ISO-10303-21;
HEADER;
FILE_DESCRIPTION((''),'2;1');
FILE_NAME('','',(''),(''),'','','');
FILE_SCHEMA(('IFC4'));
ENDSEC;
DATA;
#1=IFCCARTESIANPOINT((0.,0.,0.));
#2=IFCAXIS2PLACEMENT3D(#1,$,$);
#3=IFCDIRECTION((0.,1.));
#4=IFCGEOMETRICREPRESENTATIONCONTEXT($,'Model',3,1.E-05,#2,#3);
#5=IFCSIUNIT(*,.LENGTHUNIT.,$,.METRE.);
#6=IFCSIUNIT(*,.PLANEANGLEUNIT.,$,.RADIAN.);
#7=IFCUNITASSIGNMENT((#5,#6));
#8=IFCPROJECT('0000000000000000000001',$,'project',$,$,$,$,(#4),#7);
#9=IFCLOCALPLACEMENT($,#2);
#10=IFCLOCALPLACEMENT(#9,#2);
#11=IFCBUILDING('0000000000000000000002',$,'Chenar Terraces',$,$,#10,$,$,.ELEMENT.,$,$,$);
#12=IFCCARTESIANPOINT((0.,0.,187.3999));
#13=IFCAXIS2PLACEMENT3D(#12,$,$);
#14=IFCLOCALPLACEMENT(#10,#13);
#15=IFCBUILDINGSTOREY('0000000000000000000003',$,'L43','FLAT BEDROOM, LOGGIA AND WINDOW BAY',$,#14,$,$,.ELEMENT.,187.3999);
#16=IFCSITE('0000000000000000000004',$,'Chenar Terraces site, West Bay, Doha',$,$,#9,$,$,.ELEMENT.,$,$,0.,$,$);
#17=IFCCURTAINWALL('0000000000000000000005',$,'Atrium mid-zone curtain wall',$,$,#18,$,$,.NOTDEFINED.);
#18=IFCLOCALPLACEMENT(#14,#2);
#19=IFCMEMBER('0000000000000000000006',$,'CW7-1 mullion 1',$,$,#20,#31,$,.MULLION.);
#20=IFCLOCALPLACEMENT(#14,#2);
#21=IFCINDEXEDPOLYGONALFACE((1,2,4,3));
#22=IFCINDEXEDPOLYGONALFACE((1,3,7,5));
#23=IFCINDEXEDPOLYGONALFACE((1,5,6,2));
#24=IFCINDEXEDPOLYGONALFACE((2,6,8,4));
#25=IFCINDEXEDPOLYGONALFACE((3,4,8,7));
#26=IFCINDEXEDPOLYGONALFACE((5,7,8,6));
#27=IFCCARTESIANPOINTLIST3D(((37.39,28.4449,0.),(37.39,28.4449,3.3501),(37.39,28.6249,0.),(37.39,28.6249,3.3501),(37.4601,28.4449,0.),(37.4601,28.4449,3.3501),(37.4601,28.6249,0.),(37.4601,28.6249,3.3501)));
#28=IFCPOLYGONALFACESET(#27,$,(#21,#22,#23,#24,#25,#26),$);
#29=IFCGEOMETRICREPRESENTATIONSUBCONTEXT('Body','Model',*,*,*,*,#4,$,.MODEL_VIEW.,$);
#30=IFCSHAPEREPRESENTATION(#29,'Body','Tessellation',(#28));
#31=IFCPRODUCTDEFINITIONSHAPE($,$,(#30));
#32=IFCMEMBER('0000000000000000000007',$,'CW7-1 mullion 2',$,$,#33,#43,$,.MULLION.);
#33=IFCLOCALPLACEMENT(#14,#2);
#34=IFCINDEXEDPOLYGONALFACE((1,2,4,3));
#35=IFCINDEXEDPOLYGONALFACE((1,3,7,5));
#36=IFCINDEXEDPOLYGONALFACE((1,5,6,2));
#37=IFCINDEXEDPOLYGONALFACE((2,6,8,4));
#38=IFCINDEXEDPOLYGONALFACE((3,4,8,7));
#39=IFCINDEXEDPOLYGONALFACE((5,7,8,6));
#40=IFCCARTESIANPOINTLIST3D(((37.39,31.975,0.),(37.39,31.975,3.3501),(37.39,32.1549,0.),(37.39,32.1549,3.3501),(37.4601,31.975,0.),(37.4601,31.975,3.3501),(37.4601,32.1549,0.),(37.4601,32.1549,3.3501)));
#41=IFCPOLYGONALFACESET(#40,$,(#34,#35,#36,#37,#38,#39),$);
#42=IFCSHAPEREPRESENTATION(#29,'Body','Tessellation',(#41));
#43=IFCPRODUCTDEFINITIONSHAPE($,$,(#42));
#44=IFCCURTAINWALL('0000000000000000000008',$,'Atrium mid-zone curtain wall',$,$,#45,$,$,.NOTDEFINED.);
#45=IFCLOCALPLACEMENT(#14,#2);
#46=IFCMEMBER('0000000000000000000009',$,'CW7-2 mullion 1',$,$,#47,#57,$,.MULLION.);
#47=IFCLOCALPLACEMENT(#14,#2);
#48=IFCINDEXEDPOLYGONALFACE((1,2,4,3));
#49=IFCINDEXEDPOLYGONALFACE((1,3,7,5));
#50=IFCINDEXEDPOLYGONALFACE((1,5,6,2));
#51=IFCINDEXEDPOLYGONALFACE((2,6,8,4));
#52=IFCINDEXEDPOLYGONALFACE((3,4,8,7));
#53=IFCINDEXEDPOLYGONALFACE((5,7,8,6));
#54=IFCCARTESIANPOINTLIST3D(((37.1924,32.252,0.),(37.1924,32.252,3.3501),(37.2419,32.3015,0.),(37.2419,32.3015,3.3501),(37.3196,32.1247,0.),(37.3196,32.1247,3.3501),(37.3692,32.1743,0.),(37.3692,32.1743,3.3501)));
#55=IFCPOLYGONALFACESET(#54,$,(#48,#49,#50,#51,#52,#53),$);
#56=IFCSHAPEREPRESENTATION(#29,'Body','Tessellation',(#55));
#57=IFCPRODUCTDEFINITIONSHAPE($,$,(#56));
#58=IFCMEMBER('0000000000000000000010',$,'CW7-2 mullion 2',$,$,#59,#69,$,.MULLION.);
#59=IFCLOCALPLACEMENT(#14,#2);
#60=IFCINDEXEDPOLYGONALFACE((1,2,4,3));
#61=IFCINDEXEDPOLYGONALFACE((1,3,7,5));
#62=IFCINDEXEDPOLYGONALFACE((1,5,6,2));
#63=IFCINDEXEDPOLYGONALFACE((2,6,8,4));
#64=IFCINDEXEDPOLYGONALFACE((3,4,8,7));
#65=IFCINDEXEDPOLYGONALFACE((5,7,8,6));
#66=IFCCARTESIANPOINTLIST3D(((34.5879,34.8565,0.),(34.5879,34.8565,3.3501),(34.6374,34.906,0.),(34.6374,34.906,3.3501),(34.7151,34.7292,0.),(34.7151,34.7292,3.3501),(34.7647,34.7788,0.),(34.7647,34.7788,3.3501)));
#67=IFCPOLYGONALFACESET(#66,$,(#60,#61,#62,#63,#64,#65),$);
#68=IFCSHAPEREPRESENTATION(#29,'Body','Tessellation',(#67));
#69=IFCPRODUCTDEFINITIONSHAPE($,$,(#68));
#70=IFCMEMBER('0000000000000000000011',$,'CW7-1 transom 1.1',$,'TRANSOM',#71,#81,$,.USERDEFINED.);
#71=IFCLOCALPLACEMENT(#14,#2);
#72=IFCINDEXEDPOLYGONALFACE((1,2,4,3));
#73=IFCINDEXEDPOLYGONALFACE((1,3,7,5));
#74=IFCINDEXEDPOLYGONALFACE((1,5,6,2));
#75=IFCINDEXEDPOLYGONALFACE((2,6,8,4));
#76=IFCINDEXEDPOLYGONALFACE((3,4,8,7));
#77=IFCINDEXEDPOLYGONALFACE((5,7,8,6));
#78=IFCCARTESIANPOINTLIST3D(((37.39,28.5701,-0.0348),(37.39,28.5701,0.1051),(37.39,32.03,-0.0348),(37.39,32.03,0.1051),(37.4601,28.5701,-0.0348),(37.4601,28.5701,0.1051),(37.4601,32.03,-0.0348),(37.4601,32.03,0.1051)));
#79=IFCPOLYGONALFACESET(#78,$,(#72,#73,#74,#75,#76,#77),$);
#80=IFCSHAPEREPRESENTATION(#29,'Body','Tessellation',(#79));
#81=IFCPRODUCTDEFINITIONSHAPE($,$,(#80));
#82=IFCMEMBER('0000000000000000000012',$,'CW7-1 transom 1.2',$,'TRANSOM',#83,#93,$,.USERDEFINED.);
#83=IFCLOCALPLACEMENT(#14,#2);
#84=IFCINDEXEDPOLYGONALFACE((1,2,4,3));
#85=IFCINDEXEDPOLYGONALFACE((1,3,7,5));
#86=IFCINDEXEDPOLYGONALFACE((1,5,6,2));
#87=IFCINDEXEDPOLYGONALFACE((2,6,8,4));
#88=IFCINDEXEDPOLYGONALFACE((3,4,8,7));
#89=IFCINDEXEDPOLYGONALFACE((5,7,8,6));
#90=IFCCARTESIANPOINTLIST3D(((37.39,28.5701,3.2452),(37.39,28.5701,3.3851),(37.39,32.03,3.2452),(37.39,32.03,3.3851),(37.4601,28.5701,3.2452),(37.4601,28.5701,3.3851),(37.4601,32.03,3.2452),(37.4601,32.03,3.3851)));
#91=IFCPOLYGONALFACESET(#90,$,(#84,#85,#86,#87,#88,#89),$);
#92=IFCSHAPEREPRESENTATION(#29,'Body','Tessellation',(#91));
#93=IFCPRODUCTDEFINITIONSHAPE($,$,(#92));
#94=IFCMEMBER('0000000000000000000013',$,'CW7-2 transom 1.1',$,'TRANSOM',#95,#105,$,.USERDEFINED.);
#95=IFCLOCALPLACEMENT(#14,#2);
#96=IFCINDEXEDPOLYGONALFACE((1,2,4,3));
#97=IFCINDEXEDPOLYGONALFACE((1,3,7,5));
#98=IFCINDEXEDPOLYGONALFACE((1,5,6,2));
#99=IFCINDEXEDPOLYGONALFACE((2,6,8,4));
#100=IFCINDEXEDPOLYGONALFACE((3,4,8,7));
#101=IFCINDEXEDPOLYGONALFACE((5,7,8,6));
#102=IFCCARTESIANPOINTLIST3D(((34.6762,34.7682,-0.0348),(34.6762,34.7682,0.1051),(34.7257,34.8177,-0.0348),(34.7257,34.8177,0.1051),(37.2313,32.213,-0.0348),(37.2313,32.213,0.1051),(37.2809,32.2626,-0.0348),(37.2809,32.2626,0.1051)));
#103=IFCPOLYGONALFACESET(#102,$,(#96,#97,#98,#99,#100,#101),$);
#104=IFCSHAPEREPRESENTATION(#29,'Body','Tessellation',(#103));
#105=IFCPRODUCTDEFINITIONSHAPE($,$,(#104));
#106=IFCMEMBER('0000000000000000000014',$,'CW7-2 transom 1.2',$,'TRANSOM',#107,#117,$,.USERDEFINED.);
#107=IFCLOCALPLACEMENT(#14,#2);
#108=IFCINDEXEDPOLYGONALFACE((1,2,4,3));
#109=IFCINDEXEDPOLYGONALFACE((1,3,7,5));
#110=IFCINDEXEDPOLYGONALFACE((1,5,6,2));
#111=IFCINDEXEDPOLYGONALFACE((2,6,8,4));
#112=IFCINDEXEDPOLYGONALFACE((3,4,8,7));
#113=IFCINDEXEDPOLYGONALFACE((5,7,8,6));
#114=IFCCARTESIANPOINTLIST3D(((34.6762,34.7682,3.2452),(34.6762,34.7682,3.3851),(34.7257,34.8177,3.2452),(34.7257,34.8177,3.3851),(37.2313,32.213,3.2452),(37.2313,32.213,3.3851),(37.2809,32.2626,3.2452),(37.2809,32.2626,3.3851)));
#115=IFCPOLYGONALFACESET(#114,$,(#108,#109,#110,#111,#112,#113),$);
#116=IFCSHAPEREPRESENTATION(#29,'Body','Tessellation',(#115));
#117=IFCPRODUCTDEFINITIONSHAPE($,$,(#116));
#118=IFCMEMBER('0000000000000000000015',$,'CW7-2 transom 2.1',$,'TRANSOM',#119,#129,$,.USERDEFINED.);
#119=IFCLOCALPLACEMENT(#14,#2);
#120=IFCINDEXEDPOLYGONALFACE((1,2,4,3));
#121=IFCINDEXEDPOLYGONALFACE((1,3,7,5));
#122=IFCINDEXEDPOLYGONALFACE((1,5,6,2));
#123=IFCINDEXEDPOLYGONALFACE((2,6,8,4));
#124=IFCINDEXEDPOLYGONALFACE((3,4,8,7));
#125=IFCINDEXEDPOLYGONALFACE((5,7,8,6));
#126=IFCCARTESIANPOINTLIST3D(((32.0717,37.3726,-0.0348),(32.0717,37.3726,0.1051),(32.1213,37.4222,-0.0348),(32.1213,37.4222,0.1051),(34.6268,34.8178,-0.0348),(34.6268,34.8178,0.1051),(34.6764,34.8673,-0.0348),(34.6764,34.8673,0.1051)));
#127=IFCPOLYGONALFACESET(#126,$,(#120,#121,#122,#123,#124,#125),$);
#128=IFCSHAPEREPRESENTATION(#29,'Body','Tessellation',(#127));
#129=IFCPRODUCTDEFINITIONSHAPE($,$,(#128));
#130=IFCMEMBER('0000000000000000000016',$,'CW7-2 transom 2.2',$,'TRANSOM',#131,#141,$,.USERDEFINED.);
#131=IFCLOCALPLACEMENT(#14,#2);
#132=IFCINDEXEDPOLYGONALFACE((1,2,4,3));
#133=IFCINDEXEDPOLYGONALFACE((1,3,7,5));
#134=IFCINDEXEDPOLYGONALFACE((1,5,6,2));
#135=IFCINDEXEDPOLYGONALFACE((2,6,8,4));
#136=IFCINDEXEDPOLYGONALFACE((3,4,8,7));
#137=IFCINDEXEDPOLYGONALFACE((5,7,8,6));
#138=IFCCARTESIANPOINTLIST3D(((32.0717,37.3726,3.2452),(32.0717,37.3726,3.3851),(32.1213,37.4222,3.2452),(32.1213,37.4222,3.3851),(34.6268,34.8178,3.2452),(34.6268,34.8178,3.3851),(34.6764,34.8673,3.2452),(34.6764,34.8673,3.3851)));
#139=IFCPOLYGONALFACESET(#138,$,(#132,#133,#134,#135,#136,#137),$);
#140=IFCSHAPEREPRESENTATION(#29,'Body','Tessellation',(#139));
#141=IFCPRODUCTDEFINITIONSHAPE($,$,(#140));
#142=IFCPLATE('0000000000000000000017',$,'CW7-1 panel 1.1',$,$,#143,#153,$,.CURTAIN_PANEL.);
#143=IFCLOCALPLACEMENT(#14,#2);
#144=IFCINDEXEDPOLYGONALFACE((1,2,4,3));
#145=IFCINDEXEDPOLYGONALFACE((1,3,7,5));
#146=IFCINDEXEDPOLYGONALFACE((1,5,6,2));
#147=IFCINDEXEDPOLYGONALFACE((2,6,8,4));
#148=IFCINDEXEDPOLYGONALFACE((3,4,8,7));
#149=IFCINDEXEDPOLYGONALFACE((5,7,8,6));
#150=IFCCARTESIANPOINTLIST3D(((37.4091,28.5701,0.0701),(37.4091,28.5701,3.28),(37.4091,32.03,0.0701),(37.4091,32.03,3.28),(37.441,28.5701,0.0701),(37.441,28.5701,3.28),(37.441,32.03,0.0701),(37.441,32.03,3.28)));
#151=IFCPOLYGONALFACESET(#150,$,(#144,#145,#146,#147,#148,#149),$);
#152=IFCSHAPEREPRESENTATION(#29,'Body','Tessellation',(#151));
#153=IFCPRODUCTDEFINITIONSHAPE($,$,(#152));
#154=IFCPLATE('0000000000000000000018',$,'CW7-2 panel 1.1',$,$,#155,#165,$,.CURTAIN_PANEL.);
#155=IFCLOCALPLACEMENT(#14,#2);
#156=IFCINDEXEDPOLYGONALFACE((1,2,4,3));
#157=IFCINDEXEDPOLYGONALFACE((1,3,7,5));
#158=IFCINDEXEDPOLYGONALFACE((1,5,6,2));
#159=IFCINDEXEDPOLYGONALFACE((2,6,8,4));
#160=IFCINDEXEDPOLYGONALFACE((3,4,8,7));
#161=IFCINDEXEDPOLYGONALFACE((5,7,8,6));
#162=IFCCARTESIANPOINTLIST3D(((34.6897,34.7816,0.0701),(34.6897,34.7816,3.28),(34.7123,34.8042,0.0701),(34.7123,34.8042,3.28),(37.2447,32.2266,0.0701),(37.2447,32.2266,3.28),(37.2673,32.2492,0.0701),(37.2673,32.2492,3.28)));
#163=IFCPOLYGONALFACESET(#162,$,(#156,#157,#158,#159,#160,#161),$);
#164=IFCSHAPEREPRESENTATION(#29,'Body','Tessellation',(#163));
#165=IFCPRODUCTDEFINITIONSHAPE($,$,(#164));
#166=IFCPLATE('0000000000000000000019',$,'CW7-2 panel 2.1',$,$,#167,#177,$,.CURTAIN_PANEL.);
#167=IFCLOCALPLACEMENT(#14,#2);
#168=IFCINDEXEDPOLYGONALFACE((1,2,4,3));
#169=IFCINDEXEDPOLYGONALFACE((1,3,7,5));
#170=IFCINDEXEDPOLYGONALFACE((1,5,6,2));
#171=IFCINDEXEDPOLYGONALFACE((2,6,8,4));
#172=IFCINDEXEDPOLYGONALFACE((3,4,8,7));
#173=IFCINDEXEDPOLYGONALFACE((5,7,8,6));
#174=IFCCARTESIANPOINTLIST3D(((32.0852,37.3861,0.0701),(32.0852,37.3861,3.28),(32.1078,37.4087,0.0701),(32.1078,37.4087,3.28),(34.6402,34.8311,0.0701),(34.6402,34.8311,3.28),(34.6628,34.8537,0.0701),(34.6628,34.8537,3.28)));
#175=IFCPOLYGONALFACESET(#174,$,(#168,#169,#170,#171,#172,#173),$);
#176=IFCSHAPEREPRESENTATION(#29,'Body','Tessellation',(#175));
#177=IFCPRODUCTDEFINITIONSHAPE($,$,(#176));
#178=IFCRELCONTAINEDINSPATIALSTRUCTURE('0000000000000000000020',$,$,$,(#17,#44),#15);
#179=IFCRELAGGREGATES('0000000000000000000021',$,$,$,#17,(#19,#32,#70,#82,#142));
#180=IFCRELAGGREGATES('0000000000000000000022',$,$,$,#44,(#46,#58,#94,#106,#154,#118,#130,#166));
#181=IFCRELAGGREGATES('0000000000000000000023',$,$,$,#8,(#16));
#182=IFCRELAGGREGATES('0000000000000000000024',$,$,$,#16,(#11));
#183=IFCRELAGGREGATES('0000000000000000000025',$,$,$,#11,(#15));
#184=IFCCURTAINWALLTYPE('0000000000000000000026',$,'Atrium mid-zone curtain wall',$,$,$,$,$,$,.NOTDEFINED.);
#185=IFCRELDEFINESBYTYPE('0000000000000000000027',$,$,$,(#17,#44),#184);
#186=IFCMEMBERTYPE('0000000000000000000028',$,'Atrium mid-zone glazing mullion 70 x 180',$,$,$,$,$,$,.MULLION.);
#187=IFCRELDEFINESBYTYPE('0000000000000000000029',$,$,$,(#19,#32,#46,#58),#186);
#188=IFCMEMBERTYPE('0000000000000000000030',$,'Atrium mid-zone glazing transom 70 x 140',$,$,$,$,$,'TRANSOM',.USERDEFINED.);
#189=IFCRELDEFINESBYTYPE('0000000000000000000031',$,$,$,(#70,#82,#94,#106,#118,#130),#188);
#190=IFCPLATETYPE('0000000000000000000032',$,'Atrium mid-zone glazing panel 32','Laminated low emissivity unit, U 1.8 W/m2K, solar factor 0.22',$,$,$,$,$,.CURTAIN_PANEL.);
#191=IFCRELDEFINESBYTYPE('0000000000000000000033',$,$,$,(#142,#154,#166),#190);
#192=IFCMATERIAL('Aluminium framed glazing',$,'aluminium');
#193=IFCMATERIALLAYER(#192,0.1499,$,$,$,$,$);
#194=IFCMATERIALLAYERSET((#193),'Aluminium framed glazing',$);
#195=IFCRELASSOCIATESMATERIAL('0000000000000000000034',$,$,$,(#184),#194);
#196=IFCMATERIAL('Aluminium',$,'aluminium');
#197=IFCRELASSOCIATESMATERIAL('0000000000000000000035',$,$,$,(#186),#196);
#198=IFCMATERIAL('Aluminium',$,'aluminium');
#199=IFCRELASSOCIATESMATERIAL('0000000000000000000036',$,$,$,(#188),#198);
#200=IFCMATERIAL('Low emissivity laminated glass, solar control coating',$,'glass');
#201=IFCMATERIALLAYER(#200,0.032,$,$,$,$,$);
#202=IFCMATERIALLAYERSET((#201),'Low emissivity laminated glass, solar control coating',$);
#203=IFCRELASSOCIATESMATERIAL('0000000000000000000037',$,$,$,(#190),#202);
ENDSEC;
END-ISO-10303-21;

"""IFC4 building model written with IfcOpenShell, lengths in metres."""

from ifc_helpers import new_model, si_unit, direction, frame, origin, origin_2d, place, context, subcontext, project, spatial, rectangle, extrude, material, layer, layer_set, material_profile, profile_set, type_object, element, aggregate, save


model = new_model("IFC4")

# Units and contexts
model_context = context("Model", 3, precision=1e-05, world=origin(), true_north=direction((0.0, 1.0)))
body_context = subcontext(model_context, "Body", "Model", "MODEL_VIEW")
ifc_project = project(units=[si_unit("LENGTHUNIT", "METRE"), si_unit("PLANEANGLEUNIT", "RADIAN")], contexts=[model_context])

# Site, building, storey
site_placement = place(None, origin())
site = spatial("IfcSite", under=ifc_project, at=site_placement, Name="Chenar Terraces site, West Bay, Doha", CompositionType="ELEMENT", RefElevation=0.0)
building_placement = place(site_placement, origin())
building = spatial("IfcBuilding", under=site, at=building_placement, Name="Chenar Terraces", CompositionType="ELEMENT")
storey_placement = place(building_placement, frame((0.0, 0.0, 187.3999)))
storey = spatial("IfcBuildingStorey", under=building, at=storey_placement, Name="L43", Description="FLAT BEDROOM, LOGGIA AND WINDOW BAY", CompositionType="ELEMENT", Elevation=187.3999)

# Curtain walls, members
ifc_material_1 = material(Name="Aluminium framed glazing", Category="aluminium")
ifc_layer_1 = layer(ifc_material_1, 0.1499)
ifc_layer_set_1 = layer_set([ifc_layer_1], Name="Aluminium framed glazing")
curtain_wall_type = type_object("IfcCurtainWallType", Name="Atrium mid-zone curtain wall", PredefinedType="NOTDEFINED", material=ifc_layer_set_1)
placement = place(storey_placement, origin())
curtain_wall_1 = element("IfcCurtainWall", 1, at=placement, inside=storey, type_object=curtain_wall_type, Name="Atrium mid-zone curtain wall", PredefinedType="NOTDEFINED")
ifc_material_2 = material(Name="Aluminium", Category="aluminium")
ifc_material_profile_1 = material_profile(ifc_material_2, rectangle(XDim=0.0701, YDim=0.1799, at=origin_2d()), Name="Atrium mid-zone glazing mullion 70 x 180")
ifc_profile_set_1 = profile_set([ifc_material_profile_1], Name="Aluminium")
member_type_1 = type_object("IfcMemberType", Name="Atrium mid-zone glazing mullion 70 x 180", PredefinedType="MULLION", material=ifc_profile_set_1)
member_1_placement = place(storey_placement, frame((37.425, 28.5349, 0.0), z_axis=(0.0, 0.0, 1.0), x_axis=(-1.0, 0.0, 0.0)))
member_1 = element("IfcMember", 2, at=member_1_placement, type_object=member_type_1, Name="CW7-1 mullion 1", PredefinedType="MULLION", context=body_context, shape_type="SweptSolid", body=[
    extrude(rectangle(XDim=0.0701, YDim=0.1799, at=origin_2d()), origin(), (0.0, 0.0, 1.0), 3.3501),
])
member_2_placement = place(storey_placement, frame((37.425, 32.0649, 0.0), z_axis=(0.0, 0.0, 1.0), x_axis=(-1.0, 0.0, 0.0)))
member_2 = element("IfcMember", 3, at=member_2_placement, type_object=member_type_1, Name="CW7-1 mullion 2", PredefinedType="MULLION", context=body_context, shape_type="SweptSolid", body=[
    extrude(rectangle(XDim=0.0701, YDim=0.1799, at=origin_2d()), origin(), (0.0, 0.0, 1.0), 3.3501),
])
curtain_wall_2 = element("IfcCurtainWall", 4, at=placement, inside=storey, type_object=curtain_wall_type, Name="Atrium mid-zone curtain wall", PredefinedType="NOTDEFINED")
member_3_placement = place(storey_placement, frame((37.2808, 32.2131, 0.0), z_axis=(0.0, 0.0, 1.0), x_axis=(-0.707107, -0.707107, 0.0)))
member_3 = element("IfcMember", 5, at=member_3_placement, type_object=member_type_1, Name="CW7-2 mullion 1", PredefinedType="MULLION", context=body_context, shape_type="SweptSolid", body=[
    extrude(rectangle(XDim=0.0701, YDim=0.1799, at=origin_2d()), origin(), (0.0, 0.0, 1.0), 3.3501),
])
member_4_placement = place(storey_placement, frame((34.6763, 34.8176, 0.0), z_axis=(0.0, 0.0, 1.0), x_axis=(-0.707107, -0.707107, 0.0)))
member_4 = element("IfcMember", 6, at=member_4_placement, type_object=member_type_1, Name="CW7-2 mullion 2", PredefinedType="MULLION", context=body_context, shape_type="SweptSolid", body=[
    extrude(rectangle(XDim=0.0701, YDim=0.1799, at=origin_2d()), origin(), (0.0, 0.0, 1.0), 3.3501),
])

# Members
ifc_material_3 = material(Name="Aluminium", Category="aluminium")
ifc_material_profile_2 = material_profile(ifc_material_3, rectangle(XDim=0.0701, YDim=0.1399, at=origin_2d()), Name="Atrium mid-zone glazing transom 70 x 140")
ifc_profile_set_2 = profile_set([ifc_material_profile_2], Name="Aluminium")
member_type_2 = type_object("IfcMemberType", Name="Atrium mid-zone glazing transom 70 x 140", ElementType="TRANSOM", PredefinedType="USERDEFINED", material=ifc_profile_set_2)
member_5_placement = place(storey_placement, frame((37.425, 28.5701, 0.0352), z_axis=(0.0, 1.0, 0.0), x_axis=(-1.0, 0.0, 0.0)))
member_5 = element("IfcMember", 7, at=member_5_placement, type_object=member_type_2, Name="CW7-1 transom 1.1", ObjectType="TRANSOM", PredefinedType="USERDEFINED", context=body_context, shape_type="SweptSolid", body=[
    extrude(rectangle(XDim=0.0701, YDim=0.1399, at=origin_2d()), origin(), (0.0, 0.0, 1.0), 3.46),
])
member_6_placement = place(storey_placement, frame((37.425, 28.5701, 3.3152), z_axis=(0.0, 1.0, 0.0), x_axis=(-1.0, 0.0, 0.0)))
member_6 = element("IfcMember", 8, at=member_6_placement, type_object=member_type_2, Name="CW7-1 transom 1.2", ObjectType="TRANSOM", PredefinedType="USERDEFINED", context=body_context, shape_type="SweptSolid", body=[
    extrude(rectangle(XDim=0.0701, YDim=0.1399, at=origin_2d()), origin(), (0.0, 0.0, 1.0), 3.46),
])
member_7_placement = place(storey_placement, frame((37.2561, 32.2378, 0.0352), z_axis=(-0.707107, 0.707107, 0.0), x_axis=(-0.707107, -0.707107, 0.0)))
member_7 = element("IfcMember", 9, at=member_7_placement, type_object=member_type_2, Name="CW7-2 transom 1.1", ObjectType="TRANSOM", PredefinedType="USERDEFINED", context=body_context, shape_type="SweptSolid", body=[
    extrude(rectangle(XDim=0.0701, YDim=0.1399, at=origin_2d()), origin(), (0.0, 0.0, 1.0), 3.6135),
])
member_8_placement = place(storey_placement, frame((37.2561, 32.2378, 3.3152), z_axis=(-0.707107, 0.707107, 0.0), x_axis=(-0.707107, -0.707107, 0.0)))
member_8 = element("IfcMember", 10, at=member_8_placement, type_object=member_type_2, Name="CW7-2 transom 1.2", ObjectType="TRANSOM", PredefinedType="USERDEFINED", context=body_context, shape_type="SweptSolid", body=[
    extrude(rectangle(XDim=0.0701, YDim=0.1399, at=origin_2d()), origin(), (0.0, 0.0, 1.0), 3.6135),
])
member_9_placement = place(storey_placement, frame((34.6516, 34.8425, 0.0352), z_axis=(-0.707141, 0.707073, 0.0), x_axis=(-0.707073, -0.707141, 0.0)))
member_9 = element("IfcMember", 11, at=member_9_placement, type_object=member_type_2, Name="CW7-2 transom 2.1", ObjectType="TRANSOM", PredefinedType="USERDEFINED", context=body_context, shape_type="SweptSolid", body=[
    extrude(rectangle(XDim=0.0701, YDim=0.1399, at=origin_2d()), origin(), (0.0, 0.0, 1.0), 3.6133),
])
member_10_placement = place(storey_placement, frame((34.6516, 34.8425, 3.3152), z_axis=(-0.707141, 0.707073, 0.0), x_axis=(-0.707073, -0.707141, 0.0)))
member_10 = element("IfcMember", 12, at=member_10_placement, type_object=member_type_2, Name="CW7-2 transom 2.2", ObjectType="TRANSOM", PredefinedType="USERDEFINED", context=body_context, shape_type="SweptSolid", body=[
    extrude(rectangle(XDim=0.0701, YDim=0.1399, at=origin_2d()), origin(), (0.0, 0.0, 1.0), 3.6133),
])

# Plates
ifc_material_4 = material(Name="Low emissivity laminated glass, solar control coating", Category="glass")
ifc_layer_2 = layer(ifc_material_4, 0.032)
ifc_layer_set_2 = layer_set([ifc_layer_2], Name="Low emissivity laminated glass, solar control coating")
plate_type = type_object("IfcPlateType", Name="Atrium mid-zone glazing panel 32", Description="Laminated low emissivity unit, U 1.8 W/m2K, solar factor 0.22", PredefinedType="CURTAIN_PANEL", material=ifc_layer_set_2)
plate_1_placement = place(storey_placement, frame((37.425, 30.3, 0.0701), z_axis=(0.0, 0.0, 1.0), x_axis=(0.0, 1.0, 0.0)))
plate_1 = element("IfcPlate", 13, at=plate_1_placement, type_object=plate_type, Name="CW7-1 panel 1.1", PredefinedType="CURTAIN_PANEL", context=body_context, shape_type="SweptSolid", body=[
    extrude(rectangle(XDim=3.46, YDim=0.032, at=origin_2d()), origin(), (0.0, 0.0, 1.0), 3.21),
])
aggregate(curtain_wall_1, [member_1, member_2, member_5, member_6, plate_1])
plate_2_placement = place(storey_placement, frame((35.9785, 33.5154, 0.0701), z_axis=(0.0, 0.0, 1.0), x_axis=(-0.707107, 0.707107, 0.0)))
plate_2 = element("IfcPlate", 14, at=plate_2_placement, type_object=plate_type, Name="CW7-2 panel 1.1", PredefinedType="CURTAIN_PANEL", context=body_context, shape_type="SweptSolid", body=[
    extrude(rectangle(XDim=3.6133, YDim=0.032, at=origin_2d()), origin(), (0.0, 0.0, 1.0), 3.21),
])
plate_3_placement = place(storey_placement, frame((33.374, 36.1199, 0.0701), z_axis=(0.0, 0.0, 1.0), x_axis=(-0.707107, 0.707107, 0.0)))
plate_3 = element("IfcPlate", 15, at=plate_3_placement, type_object=plate_type, Name="CW7-2 panel 2.1", PredefinedType="CURTAIN_PANEL", context=body_context, shape_type="SweptSolid", body=[
    extrude(rectangle(XDim=3.6133, YDim=0.032, at=origin_2d()), origin(), (0.0, 0.0, 1.0), 3.21),
])
aggregate(curtain_wall_2, [member_3, member_4, member_7, member_8, plate_2, member_9, member_10, plate_3])

save(model, "model.ifc")
